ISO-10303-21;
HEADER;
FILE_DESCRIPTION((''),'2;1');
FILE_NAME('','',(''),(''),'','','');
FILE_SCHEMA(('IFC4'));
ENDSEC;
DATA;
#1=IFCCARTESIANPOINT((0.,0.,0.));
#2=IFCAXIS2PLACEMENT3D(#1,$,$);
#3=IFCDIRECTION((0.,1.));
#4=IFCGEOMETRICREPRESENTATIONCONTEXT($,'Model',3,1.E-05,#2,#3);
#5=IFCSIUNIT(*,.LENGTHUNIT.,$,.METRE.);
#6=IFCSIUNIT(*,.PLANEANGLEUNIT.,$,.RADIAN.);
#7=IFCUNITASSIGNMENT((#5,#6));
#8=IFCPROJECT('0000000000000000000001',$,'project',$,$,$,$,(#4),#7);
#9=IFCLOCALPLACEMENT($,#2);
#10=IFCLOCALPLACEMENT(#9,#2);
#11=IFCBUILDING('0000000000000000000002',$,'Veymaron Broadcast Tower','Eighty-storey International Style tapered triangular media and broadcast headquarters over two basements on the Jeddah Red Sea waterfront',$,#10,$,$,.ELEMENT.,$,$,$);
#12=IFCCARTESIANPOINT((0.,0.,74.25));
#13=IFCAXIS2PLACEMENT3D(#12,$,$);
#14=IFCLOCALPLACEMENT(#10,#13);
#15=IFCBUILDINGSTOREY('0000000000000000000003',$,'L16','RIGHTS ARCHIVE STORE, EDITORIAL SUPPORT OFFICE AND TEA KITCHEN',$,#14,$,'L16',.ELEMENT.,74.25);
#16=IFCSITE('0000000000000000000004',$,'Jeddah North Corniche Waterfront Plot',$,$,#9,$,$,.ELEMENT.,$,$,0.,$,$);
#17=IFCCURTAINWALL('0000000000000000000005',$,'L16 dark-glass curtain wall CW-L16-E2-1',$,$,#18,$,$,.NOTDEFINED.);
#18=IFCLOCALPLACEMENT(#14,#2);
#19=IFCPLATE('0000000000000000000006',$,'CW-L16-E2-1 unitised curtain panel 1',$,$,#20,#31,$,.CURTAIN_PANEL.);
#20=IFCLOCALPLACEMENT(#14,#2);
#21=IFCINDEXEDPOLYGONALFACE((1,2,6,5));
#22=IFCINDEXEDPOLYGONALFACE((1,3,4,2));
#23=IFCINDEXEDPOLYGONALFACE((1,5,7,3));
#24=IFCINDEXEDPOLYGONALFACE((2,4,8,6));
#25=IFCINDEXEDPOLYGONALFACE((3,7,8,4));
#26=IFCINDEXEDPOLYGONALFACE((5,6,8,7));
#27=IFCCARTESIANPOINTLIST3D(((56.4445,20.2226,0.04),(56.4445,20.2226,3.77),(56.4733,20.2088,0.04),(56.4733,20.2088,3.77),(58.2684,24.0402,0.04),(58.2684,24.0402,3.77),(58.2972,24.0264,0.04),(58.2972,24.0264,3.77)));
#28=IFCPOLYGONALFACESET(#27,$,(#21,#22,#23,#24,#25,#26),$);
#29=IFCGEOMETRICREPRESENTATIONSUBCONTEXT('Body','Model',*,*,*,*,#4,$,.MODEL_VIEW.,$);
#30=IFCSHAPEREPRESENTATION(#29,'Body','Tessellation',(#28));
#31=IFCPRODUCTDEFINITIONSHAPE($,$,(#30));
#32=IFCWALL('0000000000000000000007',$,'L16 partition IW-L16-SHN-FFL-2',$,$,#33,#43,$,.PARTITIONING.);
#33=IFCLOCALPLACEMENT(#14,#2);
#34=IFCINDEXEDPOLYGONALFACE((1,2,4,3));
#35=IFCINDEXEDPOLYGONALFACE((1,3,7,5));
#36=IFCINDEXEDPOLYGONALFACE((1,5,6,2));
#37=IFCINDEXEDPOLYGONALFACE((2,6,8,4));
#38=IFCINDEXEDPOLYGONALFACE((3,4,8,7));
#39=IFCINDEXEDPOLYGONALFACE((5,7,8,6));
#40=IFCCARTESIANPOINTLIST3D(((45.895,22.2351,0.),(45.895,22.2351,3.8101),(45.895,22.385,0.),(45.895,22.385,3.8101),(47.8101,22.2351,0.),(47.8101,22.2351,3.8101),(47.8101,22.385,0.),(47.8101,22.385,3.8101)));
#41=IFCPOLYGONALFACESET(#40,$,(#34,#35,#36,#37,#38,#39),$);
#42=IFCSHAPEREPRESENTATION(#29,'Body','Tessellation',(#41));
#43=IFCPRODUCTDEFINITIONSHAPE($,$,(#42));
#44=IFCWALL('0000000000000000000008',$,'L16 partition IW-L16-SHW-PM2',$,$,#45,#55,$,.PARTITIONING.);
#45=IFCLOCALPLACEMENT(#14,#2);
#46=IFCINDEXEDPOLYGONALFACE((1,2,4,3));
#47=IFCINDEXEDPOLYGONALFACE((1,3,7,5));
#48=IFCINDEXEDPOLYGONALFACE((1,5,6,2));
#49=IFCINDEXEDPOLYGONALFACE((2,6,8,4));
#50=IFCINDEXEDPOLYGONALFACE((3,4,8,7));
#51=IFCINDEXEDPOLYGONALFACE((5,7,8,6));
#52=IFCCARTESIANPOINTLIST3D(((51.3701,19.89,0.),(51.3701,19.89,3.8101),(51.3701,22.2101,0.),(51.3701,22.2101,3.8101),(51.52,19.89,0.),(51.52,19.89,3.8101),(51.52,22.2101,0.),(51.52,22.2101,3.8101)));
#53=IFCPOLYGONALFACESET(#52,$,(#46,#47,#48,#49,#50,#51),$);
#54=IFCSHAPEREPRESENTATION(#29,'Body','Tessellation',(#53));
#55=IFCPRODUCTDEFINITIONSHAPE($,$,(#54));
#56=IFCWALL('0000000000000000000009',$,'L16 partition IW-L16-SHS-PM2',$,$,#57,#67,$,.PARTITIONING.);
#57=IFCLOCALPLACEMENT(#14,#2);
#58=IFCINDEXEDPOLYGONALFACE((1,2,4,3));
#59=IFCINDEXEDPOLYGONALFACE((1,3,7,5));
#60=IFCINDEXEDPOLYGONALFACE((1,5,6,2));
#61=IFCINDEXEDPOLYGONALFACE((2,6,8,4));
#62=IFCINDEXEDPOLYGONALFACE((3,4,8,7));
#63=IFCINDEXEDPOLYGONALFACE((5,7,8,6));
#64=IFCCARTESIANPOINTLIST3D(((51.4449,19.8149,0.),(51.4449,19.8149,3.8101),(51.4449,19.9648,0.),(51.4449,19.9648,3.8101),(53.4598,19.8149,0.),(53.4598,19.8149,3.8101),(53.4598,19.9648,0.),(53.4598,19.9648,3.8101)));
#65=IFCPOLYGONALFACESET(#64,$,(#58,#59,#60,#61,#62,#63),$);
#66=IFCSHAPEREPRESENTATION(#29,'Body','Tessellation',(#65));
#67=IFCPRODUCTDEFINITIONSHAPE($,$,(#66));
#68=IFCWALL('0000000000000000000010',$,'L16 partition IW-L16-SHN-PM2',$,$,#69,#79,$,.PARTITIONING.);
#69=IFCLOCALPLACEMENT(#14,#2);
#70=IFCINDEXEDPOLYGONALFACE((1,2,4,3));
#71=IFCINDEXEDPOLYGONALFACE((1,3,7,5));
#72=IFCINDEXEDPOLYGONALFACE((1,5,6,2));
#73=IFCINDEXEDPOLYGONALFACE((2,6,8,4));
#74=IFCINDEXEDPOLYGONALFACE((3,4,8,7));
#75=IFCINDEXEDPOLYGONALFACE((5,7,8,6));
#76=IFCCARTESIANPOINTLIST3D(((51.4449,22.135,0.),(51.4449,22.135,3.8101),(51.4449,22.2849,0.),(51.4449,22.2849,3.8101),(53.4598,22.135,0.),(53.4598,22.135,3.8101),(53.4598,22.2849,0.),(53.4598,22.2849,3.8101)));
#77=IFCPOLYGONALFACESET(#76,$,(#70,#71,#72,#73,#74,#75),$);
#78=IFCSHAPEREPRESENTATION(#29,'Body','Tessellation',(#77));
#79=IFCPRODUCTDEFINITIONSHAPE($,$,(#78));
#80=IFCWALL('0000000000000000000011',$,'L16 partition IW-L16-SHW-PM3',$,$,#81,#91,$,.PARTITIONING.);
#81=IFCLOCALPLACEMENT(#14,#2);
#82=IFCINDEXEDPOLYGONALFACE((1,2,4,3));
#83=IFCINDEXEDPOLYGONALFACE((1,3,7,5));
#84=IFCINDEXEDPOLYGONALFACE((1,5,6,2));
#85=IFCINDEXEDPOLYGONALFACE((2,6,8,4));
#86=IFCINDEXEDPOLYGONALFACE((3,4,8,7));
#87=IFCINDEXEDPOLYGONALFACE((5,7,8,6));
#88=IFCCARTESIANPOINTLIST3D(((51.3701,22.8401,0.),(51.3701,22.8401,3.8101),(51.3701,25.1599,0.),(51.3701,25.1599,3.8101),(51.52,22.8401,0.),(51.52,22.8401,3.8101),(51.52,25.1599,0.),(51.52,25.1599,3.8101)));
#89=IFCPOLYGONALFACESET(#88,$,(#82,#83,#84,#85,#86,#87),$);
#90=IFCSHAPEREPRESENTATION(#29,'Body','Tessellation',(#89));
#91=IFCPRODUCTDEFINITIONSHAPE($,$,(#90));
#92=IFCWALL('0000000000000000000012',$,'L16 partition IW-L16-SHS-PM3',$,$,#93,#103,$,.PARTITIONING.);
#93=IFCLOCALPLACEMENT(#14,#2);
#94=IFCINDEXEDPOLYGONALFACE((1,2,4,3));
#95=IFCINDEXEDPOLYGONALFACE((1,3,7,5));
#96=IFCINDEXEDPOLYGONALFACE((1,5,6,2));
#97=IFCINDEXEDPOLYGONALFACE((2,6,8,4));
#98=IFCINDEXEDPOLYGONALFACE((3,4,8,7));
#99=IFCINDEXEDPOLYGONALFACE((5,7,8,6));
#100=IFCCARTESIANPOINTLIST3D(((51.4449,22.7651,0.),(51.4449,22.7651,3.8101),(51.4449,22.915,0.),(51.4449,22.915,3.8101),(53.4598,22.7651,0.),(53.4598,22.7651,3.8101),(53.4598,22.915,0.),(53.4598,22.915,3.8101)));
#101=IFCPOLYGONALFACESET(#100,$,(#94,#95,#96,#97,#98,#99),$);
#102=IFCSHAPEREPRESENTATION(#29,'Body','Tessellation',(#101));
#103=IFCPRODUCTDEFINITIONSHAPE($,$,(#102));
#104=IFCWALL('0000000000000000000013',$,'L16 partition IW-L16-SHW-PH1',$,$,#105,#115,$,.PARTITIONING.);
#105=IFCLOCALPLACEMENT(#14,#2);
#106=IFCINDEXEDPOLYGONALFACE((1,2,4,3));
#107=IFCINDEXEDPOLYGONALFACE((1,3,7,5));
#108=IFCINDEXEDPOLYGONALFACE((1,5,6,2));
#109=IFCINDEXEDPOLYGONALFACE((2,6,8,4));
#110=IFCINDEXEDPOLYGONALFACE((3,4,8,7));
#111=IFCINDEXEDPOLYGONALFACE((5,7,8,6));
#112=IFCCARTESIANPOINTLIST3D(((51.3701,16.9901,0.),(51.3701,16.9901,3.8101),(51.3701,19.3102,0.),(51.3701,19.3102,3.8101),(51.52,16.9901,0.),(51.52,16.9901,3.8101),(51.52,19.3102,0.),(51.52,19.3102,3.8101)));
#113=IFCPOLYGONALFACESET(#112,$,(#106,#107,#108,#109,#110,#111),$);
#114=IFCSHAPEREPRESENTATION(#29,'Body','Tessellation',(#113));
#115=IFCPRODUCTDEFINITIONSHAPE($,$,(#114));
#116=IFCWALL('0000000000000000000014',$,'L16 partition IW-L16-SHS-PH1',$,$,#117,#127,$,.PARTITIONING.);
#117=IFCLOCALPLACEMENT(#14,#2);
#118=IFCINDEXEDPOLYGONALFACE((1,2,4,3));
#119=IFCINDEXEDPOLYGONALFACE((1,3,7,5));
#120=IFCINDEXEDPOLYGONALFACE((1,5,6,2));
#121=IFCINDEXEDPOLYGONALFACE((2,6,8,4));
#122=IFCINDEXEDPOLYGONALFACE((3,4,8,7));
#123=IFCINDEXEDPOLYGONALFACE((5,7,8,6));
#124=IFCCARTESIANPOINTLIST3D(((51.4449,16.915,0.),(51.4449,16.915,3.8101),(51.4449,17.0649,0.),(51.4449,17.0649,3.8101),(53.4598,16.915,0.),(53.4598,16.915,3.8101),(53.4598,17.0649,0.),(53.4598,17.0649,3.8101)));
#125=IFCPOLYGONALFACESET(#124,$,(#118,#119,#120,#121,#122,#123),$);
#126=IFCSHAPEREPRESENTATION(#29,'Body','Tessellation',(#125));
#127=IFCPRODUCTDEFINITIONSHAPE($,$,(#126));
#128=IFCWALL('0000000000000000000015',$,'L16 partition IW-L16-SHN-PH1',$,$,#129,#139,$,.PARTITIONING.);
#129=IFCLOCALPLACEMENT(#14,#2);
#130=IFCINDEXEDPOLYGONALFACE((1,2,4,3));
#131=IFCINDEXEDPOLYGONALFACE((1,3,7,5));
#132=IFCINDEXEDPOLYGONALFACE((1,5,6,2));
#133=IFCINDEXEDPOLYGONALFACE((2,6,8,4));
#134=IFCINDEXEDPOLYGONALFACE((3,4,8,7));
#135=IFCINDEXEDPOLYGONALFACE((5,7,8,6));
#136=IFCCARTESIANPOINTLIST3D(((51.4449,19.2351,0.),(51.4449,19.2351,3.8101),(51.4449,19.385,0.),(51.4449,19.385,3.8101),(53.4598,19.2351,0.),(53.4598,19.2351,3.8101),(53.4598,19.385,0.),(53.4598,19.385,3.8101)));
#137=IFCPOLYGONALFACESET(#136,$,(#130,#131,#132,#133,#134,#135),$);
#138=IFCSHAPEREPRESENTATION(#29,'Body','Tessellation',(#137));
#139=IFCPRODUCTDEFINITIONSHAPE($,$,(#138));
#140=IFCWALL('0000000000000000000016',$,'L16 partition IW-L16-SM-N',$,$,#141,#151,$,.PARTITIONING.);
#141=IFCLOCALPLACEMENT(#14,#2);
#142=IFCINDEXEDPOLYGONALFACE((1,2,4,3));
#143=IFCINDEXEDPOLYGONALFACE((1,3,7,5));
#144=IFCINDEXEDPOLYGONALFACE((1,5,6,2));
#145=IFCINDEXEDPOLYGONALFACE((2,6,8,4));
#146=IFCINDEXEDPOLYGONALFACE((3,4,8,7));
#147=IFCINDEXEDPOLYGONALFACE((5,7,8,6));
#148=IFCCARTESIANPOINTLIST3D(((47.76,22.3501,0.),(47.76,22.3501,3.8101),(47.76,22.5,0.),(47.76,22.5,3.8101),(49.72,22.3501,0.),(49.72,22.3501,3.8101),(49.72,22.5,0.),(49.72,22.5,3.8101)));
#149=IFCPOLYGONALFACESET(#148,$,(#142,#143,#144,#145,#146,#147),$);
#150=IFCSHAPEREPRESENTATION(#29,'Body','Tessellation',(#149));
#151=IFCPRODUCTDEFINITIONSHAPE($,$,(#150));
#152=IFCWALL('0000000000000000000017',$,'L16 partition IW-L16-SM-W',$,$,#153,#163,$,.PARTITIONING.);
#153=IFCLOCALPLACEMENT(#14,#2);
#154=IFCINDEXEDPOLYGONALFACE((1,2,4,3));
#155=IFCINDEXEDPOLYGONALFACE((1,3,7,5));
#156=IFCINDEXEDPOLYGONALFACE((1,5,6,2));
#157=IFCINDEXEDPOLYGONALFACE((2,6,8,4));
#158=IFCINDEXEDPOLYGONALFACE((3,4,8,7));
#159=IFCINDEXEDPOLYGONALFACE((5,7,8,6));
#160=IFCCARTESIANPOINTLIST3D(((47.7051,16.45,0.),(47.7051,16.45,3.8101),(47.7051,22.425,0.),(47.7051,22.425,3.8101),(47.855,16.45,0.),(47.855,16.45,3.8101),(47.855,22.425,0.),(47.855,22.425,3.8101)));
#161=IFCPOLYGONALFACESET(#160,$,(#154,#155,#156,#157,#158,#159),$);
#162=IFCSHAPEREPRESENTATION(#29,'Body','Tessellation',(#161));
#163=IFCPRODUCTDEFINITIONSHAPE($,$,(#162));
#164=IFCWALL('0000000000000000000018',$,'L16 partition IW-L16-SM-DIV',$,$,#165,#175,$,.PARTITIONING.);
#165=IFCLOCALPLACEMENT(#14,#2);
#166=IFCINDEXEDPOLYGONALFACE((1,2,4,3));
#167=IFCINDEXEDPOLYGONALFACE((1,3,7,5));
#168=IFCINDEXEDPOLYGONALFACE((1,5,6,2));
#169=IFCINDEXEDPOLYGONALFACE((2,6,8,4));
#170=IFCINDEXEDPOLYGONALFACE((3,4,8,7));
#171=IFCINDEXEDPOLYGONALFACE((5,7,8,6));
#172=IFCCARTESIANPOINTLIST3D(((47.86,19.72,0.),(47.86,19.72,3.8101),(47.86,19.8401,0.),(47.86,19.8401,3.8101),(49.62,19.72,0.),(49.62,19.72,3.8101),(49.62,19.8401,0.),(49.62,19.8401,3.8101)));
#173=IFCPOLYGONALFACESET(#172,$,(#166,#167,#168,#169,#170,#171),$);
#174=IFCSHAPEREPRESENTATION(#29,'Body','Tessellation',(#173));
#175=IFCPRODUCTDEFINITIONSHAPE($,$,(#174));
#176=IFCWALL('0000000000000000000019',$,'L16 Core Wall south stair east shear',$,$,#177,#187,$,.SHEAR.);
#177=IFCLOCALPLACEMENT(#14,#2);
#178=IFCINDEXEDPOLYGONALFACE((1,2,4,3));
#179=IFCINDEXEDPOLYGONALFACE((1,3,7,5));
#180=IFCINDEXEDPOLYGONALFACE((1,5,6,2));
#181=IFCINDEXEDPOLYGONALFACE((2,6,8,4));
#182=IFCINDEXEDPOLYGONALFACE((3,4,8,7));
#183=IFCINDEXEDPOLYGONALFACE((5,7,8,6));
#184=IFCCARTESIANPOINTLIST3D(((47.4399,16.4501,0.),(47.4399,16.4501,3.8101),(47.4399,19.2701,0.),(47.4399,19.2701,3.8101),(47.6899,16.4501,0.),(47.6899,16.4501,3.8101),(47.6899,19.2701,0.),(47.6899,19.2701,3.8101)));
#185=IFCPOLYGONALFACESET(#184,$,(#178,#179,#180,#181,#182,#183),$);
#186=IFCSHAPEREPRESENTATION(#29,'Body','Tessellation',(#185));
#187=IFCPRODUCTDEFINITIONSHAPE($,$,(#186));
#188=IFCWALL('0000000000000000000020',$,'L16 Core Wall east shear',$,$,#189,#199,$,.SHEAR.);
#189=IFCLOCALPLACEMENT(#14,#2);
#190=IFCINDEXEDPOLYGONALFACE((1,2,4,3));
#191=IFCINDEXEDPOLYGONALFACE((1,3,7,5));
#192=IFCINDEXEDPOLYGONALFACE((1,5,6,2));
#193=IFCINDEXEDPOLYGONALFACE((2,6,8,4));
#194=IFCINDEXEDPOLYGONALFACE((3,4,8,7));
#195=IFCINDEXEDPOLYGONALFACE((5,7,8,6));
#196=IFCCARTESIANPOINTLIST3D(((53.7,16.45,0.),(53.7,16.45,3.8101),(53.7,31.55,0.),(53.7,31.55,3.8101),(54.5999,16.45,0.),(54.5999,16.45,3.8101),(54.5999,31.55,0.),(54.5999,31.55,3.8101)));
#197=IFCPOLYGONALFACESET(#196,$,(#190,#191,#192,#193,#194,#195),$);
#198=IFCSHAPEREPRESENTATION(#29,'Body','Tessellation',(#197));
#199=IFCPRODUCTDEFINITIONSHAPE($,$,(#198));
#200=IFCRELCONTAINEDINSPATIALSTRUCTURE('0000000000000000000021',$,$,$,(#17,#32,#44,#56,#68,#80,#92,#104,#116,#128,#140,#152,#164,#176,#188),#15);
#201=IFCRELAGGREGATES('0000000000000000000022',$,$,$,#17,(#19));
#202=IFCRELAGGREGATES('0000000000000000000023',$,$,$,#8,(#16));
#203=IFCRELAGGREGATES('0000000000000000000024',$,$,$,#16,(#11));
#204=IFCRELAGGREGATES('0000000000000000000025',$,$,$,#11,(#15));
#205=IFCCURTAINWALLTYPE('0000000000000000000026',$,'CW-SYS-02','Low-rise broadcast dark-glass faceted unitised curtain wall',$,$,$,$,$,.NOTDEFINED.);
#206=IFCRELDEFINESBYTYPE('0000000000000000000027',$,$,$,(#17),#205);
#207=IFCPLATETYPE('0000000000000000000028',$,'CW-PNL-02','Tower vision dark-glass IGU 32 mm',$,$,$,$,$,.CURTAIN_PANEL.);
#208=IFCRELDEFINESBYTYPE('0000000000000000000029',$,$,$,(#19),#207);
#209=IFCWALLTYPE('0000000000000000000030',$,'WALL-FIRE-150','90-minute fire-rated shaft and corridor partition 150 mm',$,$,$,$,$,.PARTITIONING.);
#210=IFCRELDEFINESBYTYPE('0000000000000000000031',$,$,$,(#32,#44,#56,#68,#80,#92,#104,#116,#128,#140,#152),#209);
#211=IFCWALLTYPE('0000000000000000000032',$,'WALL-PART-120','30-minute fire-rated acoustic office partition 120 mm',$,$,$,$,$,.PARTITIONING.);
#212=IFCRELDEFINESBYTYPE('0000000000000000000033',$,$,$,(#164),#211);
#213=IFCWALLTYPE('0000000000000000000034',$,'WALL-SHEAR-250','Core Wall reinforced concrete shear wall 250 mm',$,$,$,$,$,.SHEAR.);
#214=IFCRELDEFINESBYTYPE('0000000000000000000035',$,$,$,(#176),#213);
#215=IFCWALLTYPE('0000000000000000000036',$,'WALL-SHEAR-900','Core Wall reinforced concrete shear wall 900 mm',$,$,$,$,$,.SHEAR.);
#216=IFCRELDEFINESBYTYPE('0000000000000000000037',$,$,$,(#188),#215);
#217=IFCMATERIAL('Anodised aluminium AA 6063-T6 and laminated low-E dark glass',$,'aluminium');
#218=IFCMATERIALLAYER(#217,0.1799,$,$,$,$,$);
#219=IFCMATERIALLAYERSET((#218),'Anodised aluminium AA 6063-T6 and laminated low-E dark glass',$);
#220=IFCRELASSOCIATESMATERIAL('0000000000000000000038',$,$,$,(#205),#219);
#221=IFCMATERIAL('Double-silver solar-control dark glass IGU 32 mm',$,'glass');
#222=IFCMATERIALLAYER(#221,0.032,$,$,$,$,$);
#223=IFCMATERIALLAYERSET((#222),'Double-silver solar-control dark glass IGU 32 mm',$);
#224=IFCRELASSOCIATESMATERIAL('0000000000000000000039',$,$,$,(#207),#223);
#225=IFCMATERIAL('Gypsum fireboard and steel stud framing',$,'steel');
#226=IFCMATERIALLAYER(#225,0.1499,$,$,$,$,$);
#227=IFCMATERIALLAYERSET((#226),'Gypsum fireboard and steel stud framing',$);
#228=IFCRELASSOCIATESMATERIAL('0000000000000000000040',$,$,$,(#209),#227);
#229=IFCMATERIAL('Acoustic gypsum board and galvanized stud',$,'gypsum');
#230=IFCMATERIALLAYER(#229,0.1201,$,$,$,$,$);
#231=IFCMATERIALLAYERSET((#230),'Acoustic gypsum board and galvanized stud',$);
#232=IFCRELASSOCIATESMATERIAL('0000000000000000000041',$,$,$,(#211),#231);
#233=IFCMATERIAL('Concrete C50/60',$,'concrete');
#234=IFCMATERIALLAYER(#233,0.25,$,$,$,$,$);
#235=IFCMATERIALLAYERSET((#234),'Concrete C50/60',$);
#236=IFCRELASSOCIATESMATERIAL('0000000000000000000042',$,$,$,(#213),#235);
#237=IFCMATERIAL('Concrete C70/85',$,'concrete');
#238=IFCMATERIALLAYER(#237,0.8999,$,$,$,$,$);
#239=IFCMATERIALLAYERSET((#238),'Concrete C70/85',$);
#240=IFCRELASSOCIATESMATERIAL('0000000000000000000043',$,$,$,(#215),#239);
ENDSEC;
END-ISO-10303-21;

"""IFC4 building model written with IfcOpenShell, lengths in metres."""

from ifc_helpers import new_model, si_unit, direction, frame, frame_2d, origin, origin_2d, place, context, subcontext, project, spatial, rectangle, extrude, material, layer, layer_set, type_object, element, aggregate, save


model = new_model("IFC4")

# Units and contexts
model_context = context("Model", 3, precision=1e-05, world=origin(), true_north=direction((0.0, 1.0)))
body_context = subcontext(model_context, "Body", "Model", "MODEL_VIEW")
ifc_project = project(units=[si_unit("LENGTHUNIT", "METRE"), si_unit("PLANEANGLEUNIT", "RADIAN")], contexts=[model_context])

# Site, building, storey
site_placement = place(None, origin())
site = spatial("IfcSite", under=ifc_project, at=site_placement, Name="Jeddah North Corniche Waterfront Plot", CompositionType="ELEMENT", RefElevation=0.0)
building_placement = place(site_placement, origin())
building = spatial("IfcBuilding", under=site, at=building_placement, Name="Veymaron Broadcast Tower", Description="Eighty-storey International Style tapered triangular media and broadcast headquarters over two basements on the Jeddah Red Sea waterfront", CompositionType="ELEMENT")
storey_placement = place(building_placement, frame((0.0, 0.0, 74.25)))
storey = spatial("IfcBuildingStorey", under=building, at=storey_placement, Name="L16", Description="RIGHTS ARCHIVE STORE, EDITORIAL SUPPORT OFFICE AND TEA KITCHEN", LongName="L16", CompositionType="ELEMENT", Elevation=74.25)

# Curtain wall
ifc_material_1 = material(Name="Anodised aluminium AA 6063-T6 and laminated low-E dark glass", Category="aluminium")
ifc_layer_1 = layer(ifc_material_1, 0.1799)
ifc_layer_set_1 = layer_set([ifc_layer_1], Name="Anodised aluminium AA 6063-T6 and laminated low-E dark glass")
curtain_wall_type = type_object("IfcCurtainWallType", Name="CW-SYS-02", Description="Low-rise broadcast dark-glass faceted unitised curtain wall", PredefinedType="NOTDEFINED", material=ifc_layer_set_1)
curtain_wall_1_placement = place(storey_placement, origin())
curtain_wall_1 = element("IfcCurtainWall", 1, at=curtain_wall_1_placement, inside=storey, type_object=curtain_wall_type, Name="L16 dark-glass curtain wall CW-L16-E2-1", PredefinedType="NOTDEFINED")

# Plate
ifc_material_2 = material(Name="Double-silver solar-control dark glass IGU 32 mm", Category="glass")
ifc_layer_2 = layer(ifc_material_2, 0.032)
ifc_layer_set_2 = layer_set([ifc_layer_2], Name="Double-silver solar-control dark glass IGU 32 mm")
plate_type = type_object("IfcPlateType", Name="CW-PNL-02", Description="Tower vision dark-glass IGU 32 mm", PredefinedType="CURTAIN_PANEL", material=ifc_layer_set_2)
plate_1_placement = place(storey_placement, frame((57.3708, 22.1245, 0.04), z_axis=(0.0, 0.0, 1.0), x_axis=(0.431078, 0.902315, 0.0)))
plate_1 = element("IfcPlate", 2, at=plate_1_placement, type_object=plate_type, Name="CW-L16-E2-1 unitised curtain panel 1", PredefinedType="CURTAIN_PANEL", context=body_context, shape_type="SweptSolid", body=[
    extrude(rectangle(XDim=4.231, YDim=0.032, at=origin_2d()), origin(), (0.0, 0.0, 1.0), 3.73),
])
aggregate(curtain_wall_1, [plate_1])

# Shared definitions
ifc_material_3 = material(Name="Gypsum fireboard and steel stud framing", Category="steel")
ifc_layer_3 = layer(ifc_material_3, 0.1499)
ifc_layer_set_3 = layer_set([ifc_layer_3], Name="Gypsum fireboard and steel stud framing")
wall_type_1 = type_object("IfcWallType", Name="WALL-FIRE-150", Description="90-minute fire-rated shaft and corridor partition 150 mm", PredefinedType="PARTITIONING", material=ifc_layer_set_3)

# Walls
wall_1_placement = place(storey_placement, frame((45.895, 22.3101, 0.0), z_axis=(0.0, 0.0, 1.0), x_axis=(1.0, 0.0, 0.0)))
element("IfcWall", 3, at=wall_1_placement, inside=storey, type_object=wall_type_1, Name="L16 partition IW-L16-SHN-FFL-2", PredefinedType="PARTITIONING", context=body_context, shape_type="SweptSolid", body=[
    extrude(rectangle(XDim=1.915, YDim=0.1499, at=frame_2d((0.9575, 0.0))), origin(), (0.0, 0.0, 1.0), 3.8101),
])
wall_2_placement = place(storey_placement, frame((51.4451, 19.8899, 0.0), z_axis=(0.0, 0.0, 1.0), x_axis=(0.0, 1.0, 0.0)))
element("IfcWall", 4, at=wall_2_placement, inside=storey, type_object=wall_type_1, Name="L16 partition IW-L16-SHW-PM2", PredefinedType="PARTITIONING", context=body_context, shape_type="SweptSolid", body=[
    extrude(rectangle(XDim=2.3201, YDim=0.1499, at=frame_2d((1.1602, 0.0))), origin(), (0.0, 0.0, 1.0), 3.8101),
])
for number, where, z_axis, x_axis, name in (
    (5, (51.4451, 19.8899, 0.0), (0.0, 0.0, 1.0), (1.0, 0.0, 0.0), "L16 partition IW-L16-SHS-PM2"),
    (6, (51.4451, 22.21, 0.0), (0.0, 0.0, 1.0), (1.0, 0.0, 0.0), "L16 partition IW-L16-SHN-PM2"),
):
    element("IfcWall", number, at=place(storey_placement, frame(where, z_axis=z_axis, x_axis=x_axis)), inside=storey, type_object=wall_type_1, Name=name, PredefinedType="PARTITIONING", context=body_context, shape_type="SweptSolid", body=[
        extrude(rectangle(XDim=2.0149, YDim=0.1499, at=frame_2d((1.0073, 0.0))), origin(), (0.0, 0.0, 1.0), 3.8101),
    ])
wall_3_placement = place(storey_placement, frame((51.4451, 22.8401, 0.0), z_axis=(0.0, 0.0, 1.0), x_axis=(0.0, 1.0, 0.0)))
element("IfcWall", 7, at=wall_3_placement, inside=storey, type_object=wall_type_1, Name="L16 partition IW-L16-SHW-PM3", PredefinedType="PARTITIONING", context=body_context, shape_type="SweptSolid", body=[
    extrude(rectangle(XDim=2.3198, YDim=0.1499, at=frame_2d((1.1599, 0.0))), origin(), (0.0, 0.0, 1.0), 3.8101),
])
wall_4_placement = place(storey_placement, frame((51.4451, 22.8401, 0.0), z_axis=(0.0, 0.0, 1.0), x_axis=(1.0, 0.0, 0.0)))
element("IfcWall", 8, at=wall_4_placement, inside=storey, type_object=wall_type_1, Name="L16 partition IW-L16-SHS-PM3", PredefinedType="PARTITIONING", context=body_context, shape_type="SweptSolid", body=[
    extrude(rectangle(XDim=2.0149, YDim=0.1499, at=frame_2d((1.0073, 0.0))), origin(), (0.0, 0.0, 1.0), 3.8101),
])
wall_5_placement = place(storey_placement, frame((51.4451, 16.99, 0.0), z_axis=(0.0, 0.0, 1.0), x_axis=(0.0, 1.0, 0.0)))
element("IfcWall", 9, at=wall_5_placement, inside=storey, type_object=wall_type_1, Name="L16 partition IW-L16-SHW-PH1", PredefinedType="PARTITIONING", context=body_context, shape_type="SweptSolid", body=[
    extrude(rectangle(XDim=2.3201, YDim=0.1499, at=frame_2d((1.1602, 0.0))), origin(), (0.0, 0.0, 1.0), 3.8101),
])
for number, where, z_axis, x_axis, name in (
    (10, (51.4451, 16.99, 0.0), (0.0, 0.0, 1.0), (1.0, 0.0, 0.0), "L16 partition IW-L16-SHS-PH1"),
    (11, (51.4451, 19.3101, 0.0), (0.0, 0.0, 1.0), (1.0, 0.0, 0.0), "L16 partition IW-L16-SHN-PH1"),
):
    element("IfcWall", number, at=place(storey_placement, frame(where, z_axis=z_axis, x_axis=x_axis)), inside=storey, type_object=wall_type_1, Name=name, PredefinedType="PARTITIONING", context=body_context, shape_type="SweptSolid", body=[
        extrude(rectangle(XDim=2.0149, YDim=0.1499, at=frame_2d((1.0073, 0.0))), origin(), (0.0, 0.0, 1.0), 3.8101),
    ])

# Walls
wall_6_placement = place(storey_placement, frame((47.76, 22.425, 0.0), z_axis=(0.0, 0.0, 1.0), x_axis=(1.0, 0.0, 0.0)))
element("IfcWall", 12, at=wall_6_placement, inside=storey, type_object=wall_type_1, Name="L16 partition IW-L16-SM-N", PredefinedType="PARTITIONING", context=body_context, shape_type="SweptSolid", body=[
    extrude(rectangle(XDim=1.96, YDim=0.1499, at=frame_2d((0.98, 0.0))), origin(), (0.0, 0.0, 1.0), 3.8101),
])
wall_7_placement = place(storey_placement, frame((47.78, 16.45, 0.0), z_axis=(0.0, 0.0, 1.0), x_axis=(0.0, 1.0, 0.0)))
element("IfcWall", 13, at=wall_7_placement, inside=storey, type_object=wall_type_1, Name="L16 partition IW-L16-SM-W", PredefinedType="PARTITIONING", context=body_context, shape_type="SweptSolid", body=[
    extrude(rectangle(XDim=5.9751, YDim=0.1499, at=frame_2d((2.9875, 0.0))), origin(), (0.0, 0.0, 1.0), 3.8101),
])
ifc_material_4 = material(Name="Acoustic gypsum board and galvanized stud", Category="gypsum")
ifc_layer_4 = layer(ifc_material_4, 0.1201)
ifc_layer_set_4 = layer_set([ifc_layer_4], Name="Acoustic gypsum board and galvanized stud")
wall_type_2 = type_object("IfcWallType", Name="WALL-PART-120", Description="30-minute fire-rated acoustic office partition 120 mm", PredefinedType="PARTITIONING", material=ifc_layer_set_4)
wall_8_placement = place(storey_placement, frame((47.8601, 19.78, 0.0), z_axis=(0.0, 0.0, 1.0), x_axis=(1.0, 0.0, 0.0)))
element("IfcWall", 14, at=wall_8_placement, inside=storey, type_object=wall_type_2, Name="L16 partition IW-L16-SM-DIV", PredefinedType="PARTITIONING", context=body_context, shape_type="SweptSolid", body=[
    extrude(rectangle(XDim=1.76, YDim=0.1201, at=frame_2d((0.8799, 0.0))), origin(), (0.0, 0.0, 1.0), 3.8101),
])

# Walls
ifc_material_5 = material(Name="Concrete C50/60", Category="concrete")
ifc_layer_5 = layer(ifc_material_5, 0.25)
ifc_layer_set_5 = layer_set([ifc_layer_5], Name="Concrete C50/60")
wall_type_3 = type_object("IfcWallType", Name="WALL-SHEAR-250", Description="Core Wall reinforced concrete shear wall 250 mm", PredefinedType="SHEAR", material=ifc_layer_set_5)
wall_9_placement = place(storey_placement, frame((47.5649, 16.45, 0.0), z_axis=(0.0, 0.0, 1.0), x_axis=(0.0, 1.0, 0.0)))
element("IfcWall", 15, at=wall_9_placement, inside=storey, type_object=wall_type_3, Name="L16 Core Wall south stair east shear", PredefinedType="SHEAR", context=body_context, shape_type="SweptSolid", body=[
    extrude(rectangle(XDim=2.8201, YDim=0.25, at=frame_2d((1.4102, 0.0))), origin(), (0.0, 0.0, 1.0), 3.8101),
])
ifc_material_6 = material(Name="Concrete C70/85", Category="concrete")
ifc_layer_6 = layer(ifc_material_6, 0.8999)
ifc_layer_set_6 = layer_set([ifc_layer_6], Name="Concrete C70/85")
wall_type_4 = type_object("IfcWallType", Name="WALL-SHEAR-900", Description="Core Wall reinforced concrete shear wall 900 mm", PredefinedType="SHEAR", material=ifc_layer_set_6)
wall_10_placement = place(storey_placement, frame((54.1499, 16.45, 0.0), z_axis=(0.0, 0.0, 1.0), x_axis=(0.0, 1.0, 0.0)))
element("IfcWall", 16, at=wall_10_placement, inside=storey, type_object=wall_type_4, Name="L16 Core Wall east shear", PredefinedType="SHEAR", context=body_context, shape_type="SweptSolid", body=[
    extrude(rectangle(XDim=15.1001, YDim=0.8999, at=frame_2d((7.55, 0.0))), origin(), (0.0, 0.0, 1.0), 3.8101),
])

save(model, "model.ifc")
